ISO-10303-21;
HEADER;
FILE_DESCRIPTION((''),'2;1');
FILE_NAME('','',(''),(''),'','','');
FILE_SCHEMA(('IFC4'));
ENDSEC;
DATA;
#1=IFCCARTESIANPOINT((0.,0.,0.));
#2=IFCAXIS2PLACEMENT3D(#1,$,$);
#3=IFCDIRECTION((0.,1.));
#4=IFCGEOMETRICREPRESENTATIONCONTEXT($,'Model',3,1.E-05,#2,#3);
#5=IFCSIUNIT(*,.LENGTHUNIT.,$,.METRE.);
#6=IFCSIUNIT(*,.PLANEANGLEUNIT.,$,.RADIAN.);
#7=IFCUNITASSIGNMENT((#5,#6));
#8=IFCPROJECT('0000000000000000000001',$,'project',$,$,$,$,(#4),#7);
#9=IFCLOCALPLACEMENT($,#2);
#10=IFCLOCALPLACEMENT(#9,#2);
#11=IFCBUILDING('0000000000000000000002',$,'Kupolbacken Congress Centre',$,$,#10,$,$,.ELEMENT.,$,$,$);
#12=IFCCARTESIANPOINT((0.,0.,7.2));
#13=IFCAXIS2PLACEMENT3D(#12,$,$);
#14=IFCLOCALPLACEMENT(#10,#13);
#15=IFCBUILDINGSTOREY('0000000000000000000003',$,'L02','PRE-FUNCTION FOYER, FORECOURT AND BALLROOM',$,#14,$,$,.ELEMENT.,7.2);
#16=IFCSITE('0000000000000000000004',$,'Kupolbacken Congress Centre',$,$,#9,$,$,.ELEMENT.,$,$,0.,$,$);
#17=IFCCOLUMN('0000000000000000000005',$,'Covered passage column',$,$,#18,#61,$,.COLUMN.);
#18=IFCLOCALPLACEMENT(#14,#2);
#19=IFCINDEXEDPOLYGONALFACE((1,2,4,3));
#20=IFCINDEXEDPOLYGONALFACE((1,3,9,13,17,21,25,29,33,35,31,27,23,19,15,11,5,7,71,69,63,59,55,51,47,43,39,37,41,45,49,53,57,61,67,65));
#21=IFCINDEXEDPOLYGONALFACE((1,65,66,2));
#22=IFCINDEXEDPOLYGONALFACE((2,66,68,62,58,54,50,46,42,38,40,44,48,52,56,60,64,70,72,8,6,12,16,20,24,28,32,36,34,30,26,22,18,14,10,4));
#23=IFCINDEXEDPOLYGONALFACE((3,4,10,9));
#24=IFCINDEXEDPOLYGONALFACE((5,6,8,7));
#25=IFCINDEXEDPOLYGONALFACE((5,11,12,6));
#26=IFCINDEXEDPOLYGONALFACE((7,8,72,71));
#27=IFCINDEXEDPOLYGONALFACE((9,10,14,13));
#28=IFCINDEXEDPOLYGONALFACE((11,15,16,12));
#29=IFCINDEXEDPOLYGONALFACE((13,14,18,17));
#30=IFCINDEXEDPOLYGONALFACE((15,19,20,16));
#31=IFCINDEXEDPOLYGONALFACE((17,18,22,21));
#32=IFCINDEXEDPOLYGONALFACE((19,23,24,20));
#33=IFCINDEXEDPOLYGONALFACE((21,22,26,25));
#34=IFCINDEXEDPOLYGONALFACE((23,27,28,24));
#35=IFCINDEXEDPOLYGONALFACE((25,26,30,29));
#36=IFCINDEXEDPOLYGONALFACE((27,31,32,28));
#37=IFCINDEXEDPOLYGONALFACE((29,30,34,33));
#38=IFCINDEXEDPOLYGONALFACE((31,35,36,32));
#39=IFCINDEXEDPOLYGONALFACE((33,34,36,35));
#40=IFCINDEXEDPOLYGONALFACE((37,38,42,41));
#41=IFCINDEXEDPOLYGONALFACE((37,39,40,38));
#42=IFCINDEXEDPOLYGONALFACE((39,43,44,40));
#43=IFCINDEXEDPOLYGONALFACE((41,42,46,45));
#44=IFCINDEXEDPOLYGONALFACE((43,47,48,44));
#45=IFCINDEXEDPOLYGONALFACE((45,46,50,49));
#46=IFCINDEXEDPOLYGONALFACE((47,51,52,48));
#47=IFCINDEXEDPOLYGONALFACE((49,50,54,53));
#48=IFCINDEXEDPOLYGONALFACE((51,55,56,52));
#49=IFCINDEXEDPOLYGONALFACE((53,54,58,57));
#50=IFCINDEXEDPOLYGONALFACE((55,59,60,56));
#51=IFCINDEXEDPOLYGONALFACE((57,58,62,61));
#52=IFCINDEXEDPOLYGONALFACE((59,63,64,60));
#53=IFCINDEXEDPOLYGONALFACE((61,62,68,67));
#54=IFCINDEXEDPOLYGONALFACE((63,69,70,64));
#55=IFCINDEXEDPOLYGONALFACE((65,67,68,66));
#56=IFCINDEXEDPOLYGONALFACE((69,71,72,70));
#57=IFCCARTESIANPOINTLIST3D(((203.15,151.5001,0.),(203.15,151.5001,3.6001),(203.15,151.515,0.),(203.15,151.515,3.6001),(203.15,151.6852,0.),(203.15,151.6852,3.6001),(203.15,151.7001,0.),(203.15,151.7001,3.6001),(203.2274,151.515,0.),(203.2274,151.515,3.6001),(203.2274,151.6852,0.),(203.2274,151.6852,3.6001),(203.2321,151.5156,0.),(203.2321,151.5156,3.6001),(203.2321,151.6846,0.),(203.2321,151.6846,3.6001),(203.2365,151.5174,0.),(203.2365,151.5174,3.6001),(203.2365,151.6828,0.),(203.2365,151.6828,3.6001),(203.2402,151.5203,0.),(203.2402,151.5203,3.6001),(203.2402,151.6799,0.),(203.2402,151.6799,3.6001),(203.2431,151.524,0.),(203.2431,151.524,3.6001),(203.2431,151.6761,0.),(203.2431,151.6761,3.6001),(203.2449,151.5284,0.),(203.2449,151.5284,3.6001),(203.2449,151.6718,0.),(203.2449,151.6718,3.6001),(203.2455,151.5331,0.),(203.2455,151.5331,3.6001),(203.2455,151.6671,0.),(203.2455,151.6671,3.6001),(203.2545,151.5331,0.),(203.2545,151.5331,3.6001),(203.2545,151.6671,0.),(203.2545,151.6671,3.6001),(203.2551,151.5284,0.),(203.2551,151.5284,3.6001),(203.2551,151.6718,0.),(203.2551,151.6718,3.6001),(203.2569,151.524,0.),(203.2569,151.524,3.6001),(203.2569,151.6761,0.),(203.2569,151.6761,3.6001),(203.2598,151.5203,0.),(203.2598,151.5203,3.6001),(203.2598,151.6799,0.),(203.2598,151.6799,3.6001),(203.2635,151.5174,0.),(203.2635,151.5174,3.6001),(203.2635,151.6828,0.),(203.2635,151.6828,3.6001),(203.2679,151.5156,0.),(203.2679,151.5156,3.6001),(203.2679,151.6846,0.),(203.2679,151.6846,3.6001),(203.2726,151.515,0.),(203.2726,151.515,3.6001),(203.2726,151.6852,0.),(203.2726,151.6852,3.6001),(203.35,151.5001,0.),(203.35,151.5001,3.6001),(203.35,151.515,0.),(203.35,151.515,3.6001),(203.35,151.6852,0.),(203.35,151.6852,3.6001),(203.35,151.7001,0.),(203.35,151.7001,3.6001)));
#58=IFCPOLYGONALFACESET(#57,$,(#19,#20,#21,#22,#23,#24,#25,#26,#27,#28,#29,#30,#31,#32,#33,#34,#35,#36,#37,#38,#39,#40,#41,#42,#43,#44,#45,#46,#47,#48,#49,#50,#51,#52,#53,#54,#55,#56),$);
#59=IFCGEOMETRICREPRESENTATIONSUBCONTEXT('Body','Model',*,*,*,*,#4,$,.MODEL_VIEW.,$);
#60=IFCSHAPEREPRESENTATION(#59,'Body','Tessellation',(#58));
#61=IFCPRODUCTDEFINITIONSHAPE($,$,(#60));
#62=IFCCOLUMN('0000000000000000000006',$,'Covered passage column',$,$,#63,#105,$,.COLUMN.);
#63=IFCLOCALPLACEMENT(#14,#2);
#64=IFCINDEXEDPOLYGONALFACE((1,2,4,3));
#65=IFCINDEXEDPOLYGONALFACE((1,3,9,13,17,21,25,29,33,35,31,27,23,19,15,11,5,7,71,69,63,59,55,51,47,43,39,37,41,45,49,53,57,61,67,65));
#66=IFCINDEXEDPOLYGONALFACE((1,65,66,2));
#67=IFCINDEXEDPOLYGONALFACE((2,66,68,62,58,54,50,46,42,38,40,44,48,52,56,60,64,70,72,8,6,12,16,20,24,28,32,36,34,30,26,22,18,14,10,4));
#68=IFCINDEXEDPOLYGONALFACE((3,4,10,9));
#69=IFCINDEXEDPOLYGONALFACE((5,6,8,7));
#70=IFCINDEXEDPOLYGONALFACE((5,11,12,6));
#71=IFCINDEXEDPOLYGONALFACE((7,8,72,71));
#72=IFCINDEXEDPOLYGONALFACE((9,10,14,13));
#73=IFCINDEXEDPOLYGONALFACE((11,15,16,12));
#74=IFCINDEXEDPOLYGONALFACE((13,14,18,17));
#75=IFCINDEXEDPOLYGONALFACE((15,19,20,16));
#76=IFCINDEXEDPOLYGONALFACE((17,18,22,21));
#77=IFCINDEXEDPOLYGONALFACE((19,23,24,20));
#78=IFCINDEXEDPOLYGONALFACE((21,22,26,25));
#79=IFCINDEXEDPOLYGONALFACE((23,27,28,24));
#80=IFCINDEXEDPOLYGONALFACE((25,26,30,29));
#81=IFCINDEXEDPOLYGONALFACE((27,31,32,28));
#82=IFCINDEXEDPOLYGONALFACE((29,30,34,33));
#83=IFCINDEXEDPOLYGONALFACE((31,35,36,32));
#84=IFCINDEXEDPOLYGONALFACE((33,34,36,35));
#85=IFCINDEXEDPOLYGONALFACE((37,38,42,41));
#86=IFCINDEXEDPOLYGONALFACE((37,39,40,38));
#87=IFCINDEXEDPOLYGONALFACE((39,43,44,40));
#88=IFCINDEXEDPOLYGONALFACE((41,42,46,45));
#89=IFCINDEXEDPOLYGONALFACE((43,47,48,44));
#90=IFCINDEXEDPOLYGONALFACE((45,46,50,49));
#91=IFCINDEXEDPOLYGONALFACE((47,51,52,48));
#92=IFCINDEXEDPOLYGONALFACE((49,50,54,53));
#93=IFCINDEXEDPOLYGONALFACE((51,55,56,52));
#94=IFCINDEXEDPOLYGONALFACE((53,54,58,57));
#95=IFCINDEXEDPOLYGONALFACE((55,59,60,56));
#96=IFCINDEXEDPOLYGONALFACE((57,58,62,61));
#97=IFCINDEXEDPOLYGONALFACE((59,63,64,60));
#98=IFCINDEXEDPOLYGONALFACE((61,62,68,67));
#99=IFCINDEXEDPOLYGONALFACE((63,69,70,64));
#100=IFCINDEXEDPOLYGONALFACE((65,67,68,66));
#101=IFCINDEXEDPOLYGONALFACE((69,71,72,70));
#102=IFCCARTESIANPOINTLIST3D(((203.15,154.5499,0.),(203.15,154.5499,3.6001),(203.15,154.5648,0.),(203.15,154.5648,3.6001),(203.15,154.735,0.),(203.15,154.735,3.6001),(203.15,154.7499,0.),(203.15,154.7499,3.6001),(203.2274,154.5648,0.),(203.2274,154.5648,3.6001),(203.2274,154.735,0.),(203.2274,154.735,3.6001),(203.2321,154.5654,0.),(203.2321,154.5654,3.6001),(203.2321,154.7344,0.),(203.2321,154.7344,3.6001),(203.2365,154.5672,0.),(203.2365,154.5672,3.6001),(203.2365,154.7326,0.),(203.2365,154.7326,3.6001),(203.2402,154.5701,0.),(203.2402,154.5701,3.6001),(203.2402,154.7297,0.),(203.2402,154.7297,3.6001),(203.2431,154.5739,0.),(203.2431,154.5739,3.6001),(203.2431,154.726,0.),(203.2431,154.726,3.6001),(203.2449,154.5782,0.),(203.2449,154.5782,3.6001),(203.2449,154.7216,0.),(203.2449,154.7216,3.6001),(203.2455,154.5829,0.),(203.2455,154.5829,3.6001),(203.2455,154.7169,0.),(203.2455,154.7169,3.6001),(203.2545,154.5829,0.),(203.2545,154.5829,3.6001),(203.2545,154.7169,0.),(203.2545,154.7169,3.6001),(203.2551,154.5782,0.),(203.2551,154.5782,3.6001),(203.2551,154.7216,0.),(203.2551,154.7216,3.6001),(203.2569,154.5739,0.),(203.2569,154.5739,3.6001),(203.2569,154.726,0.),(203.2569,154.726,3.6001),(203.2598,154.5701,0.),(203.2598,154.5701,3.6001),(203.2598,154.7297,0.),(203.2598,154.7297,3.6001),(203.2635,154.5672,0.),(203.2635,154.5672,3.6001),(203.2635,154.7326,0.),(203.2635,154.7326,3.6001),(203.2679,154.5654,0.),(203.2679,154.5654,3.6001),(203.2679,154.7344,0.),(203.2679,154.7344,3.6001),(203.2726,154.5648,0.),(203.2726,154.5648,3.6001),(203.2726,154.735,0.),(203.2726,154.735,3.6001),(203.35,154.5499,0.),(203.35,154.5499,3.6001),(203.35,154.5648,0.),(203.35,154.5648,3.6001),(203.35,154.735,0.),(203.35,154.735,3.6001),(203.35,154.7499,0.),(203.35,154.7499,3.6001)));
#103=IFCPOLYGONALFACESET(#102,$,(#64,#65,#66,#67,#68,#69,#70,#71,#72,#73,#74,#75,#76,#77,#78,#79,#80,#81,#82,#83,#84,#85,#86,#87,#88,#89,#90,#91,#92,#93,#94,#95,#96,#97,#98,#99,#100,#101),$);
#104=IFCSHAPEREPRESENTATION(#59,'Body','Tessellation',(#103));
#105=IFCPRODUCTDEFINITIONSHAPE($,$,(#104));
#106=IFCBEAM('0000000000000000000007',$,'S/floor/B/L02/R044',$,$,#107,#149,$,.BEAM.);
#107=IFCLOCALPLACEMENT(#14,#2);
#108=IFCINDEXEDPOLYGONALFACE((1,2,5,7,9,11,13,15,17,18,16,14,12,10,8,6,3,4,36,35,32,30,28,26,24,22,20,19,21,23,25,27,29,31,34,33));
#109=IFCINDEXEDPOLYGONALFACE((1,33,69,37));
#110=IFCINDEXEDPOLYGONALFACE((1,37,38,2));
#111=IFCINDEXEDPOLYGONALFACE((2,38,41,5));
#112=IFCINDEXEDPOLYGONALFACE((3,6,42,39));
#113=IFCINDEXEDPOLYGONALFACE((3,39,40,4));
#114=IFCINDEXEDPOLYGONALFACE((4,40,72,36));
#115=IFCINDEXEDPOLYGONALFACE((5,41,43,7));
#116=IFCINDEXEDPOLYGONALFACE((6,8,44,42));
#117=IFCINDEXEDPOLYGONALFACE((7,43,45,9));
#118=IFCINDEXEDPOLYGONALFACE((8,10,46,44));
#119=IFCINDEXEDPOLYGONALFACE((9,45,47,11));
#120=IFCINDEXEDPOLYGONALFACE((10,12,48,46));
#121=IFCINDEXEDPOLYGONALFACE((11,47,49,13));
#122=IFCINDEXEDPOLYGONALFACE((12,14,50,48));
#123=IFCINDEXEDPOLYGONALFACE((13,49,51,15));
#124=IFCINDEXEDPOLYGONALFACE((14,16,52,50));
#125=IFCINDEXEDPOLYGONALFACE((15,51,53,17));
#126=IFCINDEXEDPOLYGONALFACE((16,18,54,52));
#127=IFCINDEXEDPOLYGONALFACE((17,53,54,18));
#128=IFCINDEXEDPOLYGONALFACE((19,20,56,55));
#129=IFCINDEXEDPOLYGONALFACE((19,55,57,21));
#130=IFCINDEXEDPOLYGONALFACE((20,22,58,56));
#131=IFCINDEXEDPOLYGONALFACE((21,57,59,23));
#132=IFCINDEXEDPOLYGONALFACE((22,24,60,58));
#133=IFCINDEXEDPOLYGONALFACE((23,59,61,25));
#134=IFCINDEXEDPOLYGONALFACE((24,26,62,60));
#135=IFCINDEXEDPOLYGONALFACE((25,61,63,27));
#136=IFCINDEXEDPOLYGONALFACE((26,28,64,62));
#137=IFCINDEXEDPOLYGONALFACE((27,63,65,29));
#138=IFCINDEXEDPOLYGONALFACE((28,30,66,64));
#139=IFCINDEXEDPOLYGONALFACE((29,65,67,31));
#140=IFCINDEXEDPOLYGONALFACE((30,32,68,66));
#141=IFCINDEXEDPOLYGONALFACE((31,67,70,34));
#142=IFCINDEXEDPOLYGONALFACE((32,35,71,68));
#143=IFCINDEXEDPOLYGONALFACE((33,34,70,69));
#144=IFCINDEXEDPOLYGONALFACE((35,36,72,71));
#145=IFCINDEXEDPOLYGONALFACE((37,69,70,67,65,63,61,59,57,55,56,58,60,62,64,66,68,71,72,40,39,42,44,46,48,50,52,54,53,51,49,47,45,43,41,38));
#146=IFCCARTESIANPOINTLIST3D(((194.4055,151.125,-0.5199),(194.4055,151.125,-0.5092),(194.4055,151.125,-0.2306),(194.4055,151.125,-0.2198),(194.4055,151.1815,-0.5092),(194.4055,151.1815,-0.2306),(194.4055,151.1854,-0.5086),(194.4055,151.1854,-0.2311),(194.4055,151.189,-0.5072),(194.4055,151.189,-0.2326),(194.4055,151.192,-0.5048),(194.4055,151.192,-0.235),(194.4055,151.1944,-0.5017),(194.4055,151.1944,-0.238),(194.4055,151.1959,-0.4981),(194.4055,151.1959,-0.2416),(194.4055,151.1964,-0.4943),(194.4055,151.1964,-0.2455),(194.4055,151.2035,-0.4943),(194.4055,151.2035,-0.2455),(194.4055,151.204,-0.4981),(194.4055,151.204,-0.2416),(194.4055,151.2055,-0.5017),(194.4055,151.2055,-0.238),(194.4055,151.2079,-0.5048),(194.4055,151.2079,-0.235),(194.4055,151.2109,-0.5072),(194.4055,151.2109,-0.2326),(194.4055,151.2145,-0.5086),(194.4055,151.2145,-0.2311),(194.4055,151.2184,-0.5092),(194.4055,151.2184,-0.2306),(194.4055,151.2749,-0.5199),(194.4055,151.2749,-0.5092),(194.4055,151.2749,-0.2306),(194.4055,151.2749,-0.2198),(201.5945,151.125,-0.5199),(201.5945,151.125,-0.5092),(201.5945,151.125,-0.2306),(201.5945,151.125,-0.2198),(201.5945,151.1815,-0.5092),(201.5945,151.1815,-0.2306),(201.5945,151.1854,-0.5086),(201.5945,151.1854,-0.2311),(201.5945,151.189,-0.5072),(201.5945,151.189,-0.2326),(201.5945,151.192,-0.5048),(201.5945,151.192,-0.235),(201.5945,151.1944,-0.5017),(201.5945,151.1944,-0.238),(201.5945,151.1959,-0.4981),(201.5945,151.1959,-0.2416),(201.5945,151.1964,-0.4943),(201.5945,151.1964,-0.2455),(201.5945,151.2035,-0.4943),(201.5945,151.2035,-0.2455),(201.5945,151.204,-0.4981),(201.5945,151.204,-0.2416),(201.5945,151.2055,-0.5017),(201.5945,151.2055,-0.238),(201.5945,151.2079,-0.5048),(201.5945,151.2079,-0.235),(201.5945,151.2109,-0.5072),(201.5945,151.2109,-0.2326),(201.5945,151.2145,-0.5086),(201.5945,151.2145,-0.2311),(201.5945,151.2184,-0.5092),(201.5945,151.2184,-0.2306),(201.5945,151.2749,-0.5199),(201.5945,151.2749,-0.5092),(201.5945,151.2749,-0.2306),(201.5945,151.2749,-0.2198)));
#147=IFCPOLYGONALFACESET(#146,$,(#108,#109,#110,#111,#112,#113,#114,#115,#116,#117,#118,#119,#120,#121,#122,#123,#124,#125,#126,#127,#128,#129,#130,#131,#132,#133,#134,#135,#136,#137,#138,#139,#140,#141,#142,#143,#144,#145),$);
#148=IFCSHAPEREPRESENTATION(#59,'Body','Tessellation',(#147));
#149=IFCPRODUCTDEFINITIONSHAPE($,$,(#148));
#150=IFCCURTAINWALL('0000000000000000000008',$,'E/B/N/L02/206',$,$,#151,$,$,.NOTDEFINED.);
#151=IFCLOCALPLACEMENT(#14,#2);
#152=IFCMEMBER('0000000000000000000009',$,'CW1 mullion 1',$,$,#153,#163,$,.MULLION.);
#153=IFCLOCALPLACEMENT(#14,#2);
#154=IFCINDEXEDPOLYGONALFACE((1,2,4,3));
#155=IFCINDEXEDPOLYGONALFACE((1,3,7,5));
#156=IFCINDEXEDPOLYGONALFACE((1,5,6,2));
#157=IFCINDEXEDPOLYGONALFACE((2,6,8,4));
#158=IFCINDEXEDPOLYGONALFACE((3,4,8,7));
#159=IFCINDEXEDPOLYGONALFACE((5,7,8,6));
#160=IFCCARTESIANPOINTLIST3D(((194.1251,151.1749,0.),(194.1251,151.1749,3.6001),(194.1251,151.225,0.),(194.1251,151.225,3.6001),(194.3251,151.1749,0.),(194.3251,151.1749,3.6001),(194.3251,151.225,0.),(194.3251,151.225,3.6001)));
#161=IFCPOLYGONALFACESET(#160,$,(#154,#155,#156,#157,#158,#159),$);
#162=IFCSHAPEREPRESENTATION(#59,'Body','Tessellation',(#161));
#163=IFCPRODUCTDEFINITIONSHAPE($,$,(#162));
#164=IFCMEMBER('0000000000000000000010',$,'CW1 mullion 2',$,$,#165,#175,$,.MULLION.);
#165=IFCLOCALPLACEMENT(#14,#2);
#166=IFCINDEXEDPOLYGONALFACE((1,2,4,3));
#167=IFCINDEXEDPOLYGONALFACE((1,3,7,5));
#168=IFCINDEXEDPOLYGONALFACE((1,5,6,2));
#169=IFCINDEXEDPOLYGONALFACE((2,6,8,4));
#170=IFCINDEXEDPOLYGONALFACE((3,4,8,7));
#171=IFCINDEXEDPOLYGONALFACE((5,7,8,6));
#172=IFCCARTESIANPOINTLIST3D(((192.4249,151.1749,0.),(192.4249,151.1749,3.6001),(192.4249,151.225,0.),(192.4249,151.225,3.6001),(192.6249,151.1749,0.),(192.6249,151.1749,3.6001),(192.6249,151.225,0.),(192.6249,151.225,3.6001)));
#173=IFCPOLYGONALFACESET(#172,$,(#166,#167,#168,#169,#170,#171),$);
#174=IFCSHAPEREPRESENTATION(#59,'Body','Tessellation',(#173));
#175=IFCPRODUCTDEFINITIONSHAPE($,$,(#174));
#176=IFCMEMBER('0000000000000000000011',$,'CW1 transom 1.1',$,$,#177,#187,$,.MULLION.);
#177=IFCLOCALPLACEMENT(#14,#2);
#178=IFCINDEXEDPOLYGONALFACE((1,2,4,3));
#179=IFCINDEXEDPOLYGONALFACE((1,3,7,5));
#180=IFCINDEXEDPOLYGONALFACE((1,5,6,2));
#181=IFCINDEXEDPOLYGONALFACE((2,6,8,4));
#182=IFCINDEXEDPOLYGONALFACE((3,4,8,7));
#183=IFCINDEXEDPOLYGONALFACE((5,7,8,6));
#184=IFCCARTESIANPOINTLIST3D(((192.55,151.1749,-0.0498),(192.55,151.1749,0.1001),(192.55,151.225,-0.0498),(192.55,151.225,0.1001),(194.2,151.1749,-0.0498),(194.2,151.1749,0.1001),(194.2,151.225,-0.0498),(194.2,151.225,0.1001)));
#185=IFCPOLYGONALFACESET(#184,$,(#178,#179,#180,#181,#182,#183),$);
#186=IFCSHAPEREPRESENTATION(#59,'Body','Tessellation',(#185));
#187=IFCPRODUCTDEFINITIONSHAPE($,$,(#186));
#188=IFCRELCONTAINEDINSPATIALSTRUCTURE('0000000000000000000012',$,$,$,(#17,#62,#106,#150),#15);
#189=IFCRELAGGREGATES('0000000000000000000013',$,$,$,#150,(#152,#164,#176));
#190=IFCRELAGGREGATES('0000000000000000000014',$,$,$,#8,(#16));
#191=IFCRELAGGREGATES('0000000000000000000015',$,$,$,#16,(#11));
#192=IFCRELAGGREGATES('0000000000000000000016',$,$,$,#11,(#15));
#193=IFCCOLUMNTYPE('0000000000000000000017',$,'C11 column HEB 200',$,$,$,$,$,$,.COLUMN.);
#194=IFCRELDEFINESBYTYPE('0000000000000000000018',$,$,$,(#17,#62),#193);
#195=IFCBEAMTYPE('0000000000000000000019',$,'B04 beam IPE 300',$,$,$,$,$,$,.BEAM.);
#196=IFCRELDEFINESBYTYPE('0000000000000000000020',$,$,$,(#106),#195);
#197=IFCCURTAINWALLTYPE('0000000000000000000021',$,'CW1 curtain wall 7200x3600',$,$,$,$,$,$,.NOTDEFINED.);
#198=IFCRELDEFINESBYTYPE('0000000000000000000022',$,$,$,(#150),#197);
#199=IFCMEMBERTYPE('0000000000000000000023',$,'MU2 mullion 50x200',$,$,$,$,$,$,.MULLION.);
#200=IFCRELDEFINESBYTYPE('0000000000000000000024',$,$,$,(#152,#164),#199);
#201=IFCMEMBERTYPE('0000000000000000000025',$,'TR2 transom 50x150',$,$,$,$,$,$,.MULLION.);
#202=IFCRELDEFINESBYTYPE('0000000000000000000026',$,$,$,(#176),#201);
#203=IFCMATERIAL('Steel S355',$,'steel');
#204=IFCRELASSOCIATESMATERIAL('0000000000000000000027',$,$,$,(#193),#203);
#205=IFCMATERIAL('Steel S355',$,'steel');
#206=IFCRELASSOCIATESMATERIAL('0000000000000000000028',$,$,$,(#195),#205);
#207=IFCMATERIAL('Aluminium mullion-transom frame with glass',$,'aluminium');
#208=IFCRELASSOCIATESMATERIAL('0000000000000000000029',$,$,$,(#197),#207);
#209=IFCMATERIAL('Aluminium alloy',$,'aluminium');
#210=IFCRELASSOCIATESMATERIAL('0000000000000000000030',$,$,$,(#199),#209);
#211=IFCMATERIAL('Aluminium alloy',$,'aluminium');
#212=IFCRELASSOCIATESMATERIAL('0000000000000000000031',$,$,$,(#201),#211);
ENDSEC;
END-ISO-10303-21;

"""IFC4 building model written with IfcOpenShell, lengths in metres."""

from ifc_helpers import new_model, si_unit, direction, frame, origin, origin_2d, place, context, subcontext, project, spatial, rectangle, i_section, extrude, material, material_profile, profile_set, type_object, element, aggregate, save


model = new_model("IFC4")

# Units and contexts
model_context = context("Model", 3, precision=1e-05, world=origin(), true_north=direction((0.0, 1.0)))
body_context = subcontext(model_context, "Body", "Model", "MODEL_VIEW")
ifc_project = project(units=[si_unit("LENGTHUNIT", "METRE"), si_unit("PLANEANGLEUNIT", "RADIAN")], contexts=[model_context])

# Site, building, storey
site_placement = place(None, origin())
site = spatial("IfcSite", under=ifc_project, at=site_placement, Name="Kupolbacken Congress Centre", CompositionType="ELEMENT", RefElevation=0.0)
building_placement = place(site_placement, origin())
building = spatial("IfcBuilding", under=site, at=building_placement, Name="Kupolbacken Congress Centre", CompositionType="ELEMENT")
storey_placement = place(building_placement, frame((0.0, 0.0, 7.2)))
storey = spatial("IfcBuildingStorey", under=building, at=storey_placement, Name="L02", Description="PRE-FUNCTION FOYER, FORECOURT AND BALLROOM", CompositionType="ELEMENT", Elevation=7.2)

# Columns
ifc_material_1 = material(Name="Steel S355", Category="steel")
ifc_material_profile_1 = material_profile(ifc_material_1, i_section(OverallWidth=0.2, OverallDepth=0.2, WebThickness=0.009, FlangeThickness=0.0149, FilletRadius=0.0181, at=origin_2d()), Name="HEB 200")
ifc_profile_set_1 = profile_set([ifc_material_profile_1], Name="Steel S355")
column_type_1 = type_object("IfcColumnType", Name="C11 column HEB 200", PredefinedType="COLUMN", material=ifc_profile_set_1)
for number, where, z_axis, x_axis, name in (
    (1, (203.25, 151.6001, 0.0), (0.0, 0.0, 1.0), (1.0, 0.0, 0.0), "Covered passage column"),
    (2, (203.25, 154.6499, 0.0), (0.0, 0.0, 1.0), (1.0, 0.0, 0.0), "Covered passage column"),
):
    element("IfcColumn", number, at=place(storey_placement, frame(where, z_axis=z_axis, x_axis=x_axis)), inside=storey, type_object=column_type_1, Name=name, PredefinedType="COLUMN", context=body_context, shape_type="SweptSolid", body=[
        extrude(i_section(OverallWidth=0.2, OverallDepth=0.2, WebThickness=0.009, FlangeThickness=0.0149, FilletRadius=0.0181, at=origin_2d()), origin(), (0.0, 0.0, 1.0), 3.6001),
    ])

# Beam
ifc_material_2 = material(Name="Steel S355", Category="steel")
ifc_material_profile_2 = material_profile(ifc_material_2, i_section(OverallWidth=0.1499, OverallDepth=0.3, WebThickness=0.0071, FlangeThickness=0.0107, FilletRadius=0.0149, at=origin_2d()), Name="IPE 300")
ifc_profile_set_2 = profile_set([ifc_material_profile_2], Name="Steel S355")
beam_type = type_object("IfcBeamType", Name="B04 beam IPE 300", PredefinedType="BEAM", material=ifc_profile_set_2)
beam_placement = place(storey_placement, frame((194.4055, 151.2, -0.3699), z_axis=(1.0, 0.0, 0.0), x_axis=(0.0, 1.0, 0.0)))
element("IfcBeam", 3, at=beam_placement, inside=storey, type_object=beam_type, Name="S/floor/B/L02/R044", PredefinedType="BEAM", context=body_context, shape_type="SweptSolid", body=[
    extrude(i_section(OverallWidth=0.1499, OverallDepth=0.3, WebThickness=0.0071, FlangeThickness=0.0107, FilletRadius=0.0149, at=origin_2d()), origin(), (0.0, 0.0, 1.0), 7.189),
])

# Curtain wall, members
ifc_material_3 = material(Name="Aluminium mullion-transom frame with glass", Category="aluminium")
curtain_wall_type = type_object("IfcCurtainWallType", Name="CW1 curtain wall 7200x3600", PredefinedType="NOTDEFINED", material=ifc_material_3)
curtain_wall_placement = place(storey_placement, origin())
curtain_wall = element("IfcCurtainWall", 4, at=curtain_wall_placement, inside=storey, type_object=curtain_wall_type, Name="E/B/N/L02/206", PredefinedType="NOTDEFINED")
ifc_material_4 = material(Name="Aluminium alloy", Category="aluminium")
ifc_material_profile_3 = material_profile(ifc_material_4, rectangle(XDim=0.05, YDim=0.2, at=origin_2d()), Name="50 x 200")
ifc_profile_set_3 = profile_set([ifc_material_profile_3], Name="Aluminium alloy")
member_type_1 = type_object("IfcMemberType", Name="MU2 mullion 50x200", PredefinedType="MULLION", material=ifc_profile_set_3)
member_1_placement = place(storey_placement, frame((194.2251, 151.2, 0.0), z_axis=(0.0, 0.0, 1.0), x_axis=(0.0, -1.0, 0.0)))
member_1 = element("IfcMember", 5, at=member_1_placement, type_object=member_type_1, Name="CW1 mullion 1", PredefinedType="MULLION", context=body_context, shape_type="SweptSolid", body=[
    extrude(rectangle(XDim=0.05, YDim=0.2, at=origin_2d()), origin(), (0.0, 0.0, 1.0), 3.6001),
])
member_2_placement = place(storey_placement, frame((192.5249, 151.2, 0.0), z_axis=(0.0, 0.0, 1.0), x_axis=(0.0, -1.0, 0.0)))
member_2 = element("IfcMember", 6, at=member_2_placement, type_object=member_type_1, Name="CW1 mullion 2", PredefinedType="MULLION", context=body_context, shape_type="SweptSolid", body=[
    extrude(rectangle(XDim=0.05, YDim=0.2, at=origin_2d()), origin(), (0.0, 0.0, 1.0), 3.6001),
])
ifc_material_5 = material(Name="Aluminium alloy", Category="aluminium")
ifc_material_profile_4 = material_profile(ifc_material_5, rectangle(XDim=0.05, YDim=0.1499, at=origin_2d()), Name="50 x 150")
ifc_profile_set_4 = profile_set([ifc_material_profile_4], Name="Aluminium alloy")
member_type_2 = type_object("IfcMemberType", Name="TR2 transom 50x150", PredefinedType="MULLION", material=ifc_profile_set_4)
member_3_placement = place(storey_placement, frame((194.2, 151.2, 0.0251), z_axis=(-1.0, 0.0, 0.0), x_axis=(0.0, -1.0, 0.0)))
member_3 = element("IfcMember", 7, at=member_3_placement, type_object=member_type_2, Name="CW1 transom 1.1", PredefinedType="MULLION", context=body_context, shape_type="SweptSolid", body=[
    extrude(rectangle(XDim=0.05, YDim=0.1499, at=origin_2d()), origin(), (0.0, 0.0, 1.0), 1.6499),
])
aggregate(curtain_wall, [member_1, member_2, member_3])

save(model, "model.ifc")
